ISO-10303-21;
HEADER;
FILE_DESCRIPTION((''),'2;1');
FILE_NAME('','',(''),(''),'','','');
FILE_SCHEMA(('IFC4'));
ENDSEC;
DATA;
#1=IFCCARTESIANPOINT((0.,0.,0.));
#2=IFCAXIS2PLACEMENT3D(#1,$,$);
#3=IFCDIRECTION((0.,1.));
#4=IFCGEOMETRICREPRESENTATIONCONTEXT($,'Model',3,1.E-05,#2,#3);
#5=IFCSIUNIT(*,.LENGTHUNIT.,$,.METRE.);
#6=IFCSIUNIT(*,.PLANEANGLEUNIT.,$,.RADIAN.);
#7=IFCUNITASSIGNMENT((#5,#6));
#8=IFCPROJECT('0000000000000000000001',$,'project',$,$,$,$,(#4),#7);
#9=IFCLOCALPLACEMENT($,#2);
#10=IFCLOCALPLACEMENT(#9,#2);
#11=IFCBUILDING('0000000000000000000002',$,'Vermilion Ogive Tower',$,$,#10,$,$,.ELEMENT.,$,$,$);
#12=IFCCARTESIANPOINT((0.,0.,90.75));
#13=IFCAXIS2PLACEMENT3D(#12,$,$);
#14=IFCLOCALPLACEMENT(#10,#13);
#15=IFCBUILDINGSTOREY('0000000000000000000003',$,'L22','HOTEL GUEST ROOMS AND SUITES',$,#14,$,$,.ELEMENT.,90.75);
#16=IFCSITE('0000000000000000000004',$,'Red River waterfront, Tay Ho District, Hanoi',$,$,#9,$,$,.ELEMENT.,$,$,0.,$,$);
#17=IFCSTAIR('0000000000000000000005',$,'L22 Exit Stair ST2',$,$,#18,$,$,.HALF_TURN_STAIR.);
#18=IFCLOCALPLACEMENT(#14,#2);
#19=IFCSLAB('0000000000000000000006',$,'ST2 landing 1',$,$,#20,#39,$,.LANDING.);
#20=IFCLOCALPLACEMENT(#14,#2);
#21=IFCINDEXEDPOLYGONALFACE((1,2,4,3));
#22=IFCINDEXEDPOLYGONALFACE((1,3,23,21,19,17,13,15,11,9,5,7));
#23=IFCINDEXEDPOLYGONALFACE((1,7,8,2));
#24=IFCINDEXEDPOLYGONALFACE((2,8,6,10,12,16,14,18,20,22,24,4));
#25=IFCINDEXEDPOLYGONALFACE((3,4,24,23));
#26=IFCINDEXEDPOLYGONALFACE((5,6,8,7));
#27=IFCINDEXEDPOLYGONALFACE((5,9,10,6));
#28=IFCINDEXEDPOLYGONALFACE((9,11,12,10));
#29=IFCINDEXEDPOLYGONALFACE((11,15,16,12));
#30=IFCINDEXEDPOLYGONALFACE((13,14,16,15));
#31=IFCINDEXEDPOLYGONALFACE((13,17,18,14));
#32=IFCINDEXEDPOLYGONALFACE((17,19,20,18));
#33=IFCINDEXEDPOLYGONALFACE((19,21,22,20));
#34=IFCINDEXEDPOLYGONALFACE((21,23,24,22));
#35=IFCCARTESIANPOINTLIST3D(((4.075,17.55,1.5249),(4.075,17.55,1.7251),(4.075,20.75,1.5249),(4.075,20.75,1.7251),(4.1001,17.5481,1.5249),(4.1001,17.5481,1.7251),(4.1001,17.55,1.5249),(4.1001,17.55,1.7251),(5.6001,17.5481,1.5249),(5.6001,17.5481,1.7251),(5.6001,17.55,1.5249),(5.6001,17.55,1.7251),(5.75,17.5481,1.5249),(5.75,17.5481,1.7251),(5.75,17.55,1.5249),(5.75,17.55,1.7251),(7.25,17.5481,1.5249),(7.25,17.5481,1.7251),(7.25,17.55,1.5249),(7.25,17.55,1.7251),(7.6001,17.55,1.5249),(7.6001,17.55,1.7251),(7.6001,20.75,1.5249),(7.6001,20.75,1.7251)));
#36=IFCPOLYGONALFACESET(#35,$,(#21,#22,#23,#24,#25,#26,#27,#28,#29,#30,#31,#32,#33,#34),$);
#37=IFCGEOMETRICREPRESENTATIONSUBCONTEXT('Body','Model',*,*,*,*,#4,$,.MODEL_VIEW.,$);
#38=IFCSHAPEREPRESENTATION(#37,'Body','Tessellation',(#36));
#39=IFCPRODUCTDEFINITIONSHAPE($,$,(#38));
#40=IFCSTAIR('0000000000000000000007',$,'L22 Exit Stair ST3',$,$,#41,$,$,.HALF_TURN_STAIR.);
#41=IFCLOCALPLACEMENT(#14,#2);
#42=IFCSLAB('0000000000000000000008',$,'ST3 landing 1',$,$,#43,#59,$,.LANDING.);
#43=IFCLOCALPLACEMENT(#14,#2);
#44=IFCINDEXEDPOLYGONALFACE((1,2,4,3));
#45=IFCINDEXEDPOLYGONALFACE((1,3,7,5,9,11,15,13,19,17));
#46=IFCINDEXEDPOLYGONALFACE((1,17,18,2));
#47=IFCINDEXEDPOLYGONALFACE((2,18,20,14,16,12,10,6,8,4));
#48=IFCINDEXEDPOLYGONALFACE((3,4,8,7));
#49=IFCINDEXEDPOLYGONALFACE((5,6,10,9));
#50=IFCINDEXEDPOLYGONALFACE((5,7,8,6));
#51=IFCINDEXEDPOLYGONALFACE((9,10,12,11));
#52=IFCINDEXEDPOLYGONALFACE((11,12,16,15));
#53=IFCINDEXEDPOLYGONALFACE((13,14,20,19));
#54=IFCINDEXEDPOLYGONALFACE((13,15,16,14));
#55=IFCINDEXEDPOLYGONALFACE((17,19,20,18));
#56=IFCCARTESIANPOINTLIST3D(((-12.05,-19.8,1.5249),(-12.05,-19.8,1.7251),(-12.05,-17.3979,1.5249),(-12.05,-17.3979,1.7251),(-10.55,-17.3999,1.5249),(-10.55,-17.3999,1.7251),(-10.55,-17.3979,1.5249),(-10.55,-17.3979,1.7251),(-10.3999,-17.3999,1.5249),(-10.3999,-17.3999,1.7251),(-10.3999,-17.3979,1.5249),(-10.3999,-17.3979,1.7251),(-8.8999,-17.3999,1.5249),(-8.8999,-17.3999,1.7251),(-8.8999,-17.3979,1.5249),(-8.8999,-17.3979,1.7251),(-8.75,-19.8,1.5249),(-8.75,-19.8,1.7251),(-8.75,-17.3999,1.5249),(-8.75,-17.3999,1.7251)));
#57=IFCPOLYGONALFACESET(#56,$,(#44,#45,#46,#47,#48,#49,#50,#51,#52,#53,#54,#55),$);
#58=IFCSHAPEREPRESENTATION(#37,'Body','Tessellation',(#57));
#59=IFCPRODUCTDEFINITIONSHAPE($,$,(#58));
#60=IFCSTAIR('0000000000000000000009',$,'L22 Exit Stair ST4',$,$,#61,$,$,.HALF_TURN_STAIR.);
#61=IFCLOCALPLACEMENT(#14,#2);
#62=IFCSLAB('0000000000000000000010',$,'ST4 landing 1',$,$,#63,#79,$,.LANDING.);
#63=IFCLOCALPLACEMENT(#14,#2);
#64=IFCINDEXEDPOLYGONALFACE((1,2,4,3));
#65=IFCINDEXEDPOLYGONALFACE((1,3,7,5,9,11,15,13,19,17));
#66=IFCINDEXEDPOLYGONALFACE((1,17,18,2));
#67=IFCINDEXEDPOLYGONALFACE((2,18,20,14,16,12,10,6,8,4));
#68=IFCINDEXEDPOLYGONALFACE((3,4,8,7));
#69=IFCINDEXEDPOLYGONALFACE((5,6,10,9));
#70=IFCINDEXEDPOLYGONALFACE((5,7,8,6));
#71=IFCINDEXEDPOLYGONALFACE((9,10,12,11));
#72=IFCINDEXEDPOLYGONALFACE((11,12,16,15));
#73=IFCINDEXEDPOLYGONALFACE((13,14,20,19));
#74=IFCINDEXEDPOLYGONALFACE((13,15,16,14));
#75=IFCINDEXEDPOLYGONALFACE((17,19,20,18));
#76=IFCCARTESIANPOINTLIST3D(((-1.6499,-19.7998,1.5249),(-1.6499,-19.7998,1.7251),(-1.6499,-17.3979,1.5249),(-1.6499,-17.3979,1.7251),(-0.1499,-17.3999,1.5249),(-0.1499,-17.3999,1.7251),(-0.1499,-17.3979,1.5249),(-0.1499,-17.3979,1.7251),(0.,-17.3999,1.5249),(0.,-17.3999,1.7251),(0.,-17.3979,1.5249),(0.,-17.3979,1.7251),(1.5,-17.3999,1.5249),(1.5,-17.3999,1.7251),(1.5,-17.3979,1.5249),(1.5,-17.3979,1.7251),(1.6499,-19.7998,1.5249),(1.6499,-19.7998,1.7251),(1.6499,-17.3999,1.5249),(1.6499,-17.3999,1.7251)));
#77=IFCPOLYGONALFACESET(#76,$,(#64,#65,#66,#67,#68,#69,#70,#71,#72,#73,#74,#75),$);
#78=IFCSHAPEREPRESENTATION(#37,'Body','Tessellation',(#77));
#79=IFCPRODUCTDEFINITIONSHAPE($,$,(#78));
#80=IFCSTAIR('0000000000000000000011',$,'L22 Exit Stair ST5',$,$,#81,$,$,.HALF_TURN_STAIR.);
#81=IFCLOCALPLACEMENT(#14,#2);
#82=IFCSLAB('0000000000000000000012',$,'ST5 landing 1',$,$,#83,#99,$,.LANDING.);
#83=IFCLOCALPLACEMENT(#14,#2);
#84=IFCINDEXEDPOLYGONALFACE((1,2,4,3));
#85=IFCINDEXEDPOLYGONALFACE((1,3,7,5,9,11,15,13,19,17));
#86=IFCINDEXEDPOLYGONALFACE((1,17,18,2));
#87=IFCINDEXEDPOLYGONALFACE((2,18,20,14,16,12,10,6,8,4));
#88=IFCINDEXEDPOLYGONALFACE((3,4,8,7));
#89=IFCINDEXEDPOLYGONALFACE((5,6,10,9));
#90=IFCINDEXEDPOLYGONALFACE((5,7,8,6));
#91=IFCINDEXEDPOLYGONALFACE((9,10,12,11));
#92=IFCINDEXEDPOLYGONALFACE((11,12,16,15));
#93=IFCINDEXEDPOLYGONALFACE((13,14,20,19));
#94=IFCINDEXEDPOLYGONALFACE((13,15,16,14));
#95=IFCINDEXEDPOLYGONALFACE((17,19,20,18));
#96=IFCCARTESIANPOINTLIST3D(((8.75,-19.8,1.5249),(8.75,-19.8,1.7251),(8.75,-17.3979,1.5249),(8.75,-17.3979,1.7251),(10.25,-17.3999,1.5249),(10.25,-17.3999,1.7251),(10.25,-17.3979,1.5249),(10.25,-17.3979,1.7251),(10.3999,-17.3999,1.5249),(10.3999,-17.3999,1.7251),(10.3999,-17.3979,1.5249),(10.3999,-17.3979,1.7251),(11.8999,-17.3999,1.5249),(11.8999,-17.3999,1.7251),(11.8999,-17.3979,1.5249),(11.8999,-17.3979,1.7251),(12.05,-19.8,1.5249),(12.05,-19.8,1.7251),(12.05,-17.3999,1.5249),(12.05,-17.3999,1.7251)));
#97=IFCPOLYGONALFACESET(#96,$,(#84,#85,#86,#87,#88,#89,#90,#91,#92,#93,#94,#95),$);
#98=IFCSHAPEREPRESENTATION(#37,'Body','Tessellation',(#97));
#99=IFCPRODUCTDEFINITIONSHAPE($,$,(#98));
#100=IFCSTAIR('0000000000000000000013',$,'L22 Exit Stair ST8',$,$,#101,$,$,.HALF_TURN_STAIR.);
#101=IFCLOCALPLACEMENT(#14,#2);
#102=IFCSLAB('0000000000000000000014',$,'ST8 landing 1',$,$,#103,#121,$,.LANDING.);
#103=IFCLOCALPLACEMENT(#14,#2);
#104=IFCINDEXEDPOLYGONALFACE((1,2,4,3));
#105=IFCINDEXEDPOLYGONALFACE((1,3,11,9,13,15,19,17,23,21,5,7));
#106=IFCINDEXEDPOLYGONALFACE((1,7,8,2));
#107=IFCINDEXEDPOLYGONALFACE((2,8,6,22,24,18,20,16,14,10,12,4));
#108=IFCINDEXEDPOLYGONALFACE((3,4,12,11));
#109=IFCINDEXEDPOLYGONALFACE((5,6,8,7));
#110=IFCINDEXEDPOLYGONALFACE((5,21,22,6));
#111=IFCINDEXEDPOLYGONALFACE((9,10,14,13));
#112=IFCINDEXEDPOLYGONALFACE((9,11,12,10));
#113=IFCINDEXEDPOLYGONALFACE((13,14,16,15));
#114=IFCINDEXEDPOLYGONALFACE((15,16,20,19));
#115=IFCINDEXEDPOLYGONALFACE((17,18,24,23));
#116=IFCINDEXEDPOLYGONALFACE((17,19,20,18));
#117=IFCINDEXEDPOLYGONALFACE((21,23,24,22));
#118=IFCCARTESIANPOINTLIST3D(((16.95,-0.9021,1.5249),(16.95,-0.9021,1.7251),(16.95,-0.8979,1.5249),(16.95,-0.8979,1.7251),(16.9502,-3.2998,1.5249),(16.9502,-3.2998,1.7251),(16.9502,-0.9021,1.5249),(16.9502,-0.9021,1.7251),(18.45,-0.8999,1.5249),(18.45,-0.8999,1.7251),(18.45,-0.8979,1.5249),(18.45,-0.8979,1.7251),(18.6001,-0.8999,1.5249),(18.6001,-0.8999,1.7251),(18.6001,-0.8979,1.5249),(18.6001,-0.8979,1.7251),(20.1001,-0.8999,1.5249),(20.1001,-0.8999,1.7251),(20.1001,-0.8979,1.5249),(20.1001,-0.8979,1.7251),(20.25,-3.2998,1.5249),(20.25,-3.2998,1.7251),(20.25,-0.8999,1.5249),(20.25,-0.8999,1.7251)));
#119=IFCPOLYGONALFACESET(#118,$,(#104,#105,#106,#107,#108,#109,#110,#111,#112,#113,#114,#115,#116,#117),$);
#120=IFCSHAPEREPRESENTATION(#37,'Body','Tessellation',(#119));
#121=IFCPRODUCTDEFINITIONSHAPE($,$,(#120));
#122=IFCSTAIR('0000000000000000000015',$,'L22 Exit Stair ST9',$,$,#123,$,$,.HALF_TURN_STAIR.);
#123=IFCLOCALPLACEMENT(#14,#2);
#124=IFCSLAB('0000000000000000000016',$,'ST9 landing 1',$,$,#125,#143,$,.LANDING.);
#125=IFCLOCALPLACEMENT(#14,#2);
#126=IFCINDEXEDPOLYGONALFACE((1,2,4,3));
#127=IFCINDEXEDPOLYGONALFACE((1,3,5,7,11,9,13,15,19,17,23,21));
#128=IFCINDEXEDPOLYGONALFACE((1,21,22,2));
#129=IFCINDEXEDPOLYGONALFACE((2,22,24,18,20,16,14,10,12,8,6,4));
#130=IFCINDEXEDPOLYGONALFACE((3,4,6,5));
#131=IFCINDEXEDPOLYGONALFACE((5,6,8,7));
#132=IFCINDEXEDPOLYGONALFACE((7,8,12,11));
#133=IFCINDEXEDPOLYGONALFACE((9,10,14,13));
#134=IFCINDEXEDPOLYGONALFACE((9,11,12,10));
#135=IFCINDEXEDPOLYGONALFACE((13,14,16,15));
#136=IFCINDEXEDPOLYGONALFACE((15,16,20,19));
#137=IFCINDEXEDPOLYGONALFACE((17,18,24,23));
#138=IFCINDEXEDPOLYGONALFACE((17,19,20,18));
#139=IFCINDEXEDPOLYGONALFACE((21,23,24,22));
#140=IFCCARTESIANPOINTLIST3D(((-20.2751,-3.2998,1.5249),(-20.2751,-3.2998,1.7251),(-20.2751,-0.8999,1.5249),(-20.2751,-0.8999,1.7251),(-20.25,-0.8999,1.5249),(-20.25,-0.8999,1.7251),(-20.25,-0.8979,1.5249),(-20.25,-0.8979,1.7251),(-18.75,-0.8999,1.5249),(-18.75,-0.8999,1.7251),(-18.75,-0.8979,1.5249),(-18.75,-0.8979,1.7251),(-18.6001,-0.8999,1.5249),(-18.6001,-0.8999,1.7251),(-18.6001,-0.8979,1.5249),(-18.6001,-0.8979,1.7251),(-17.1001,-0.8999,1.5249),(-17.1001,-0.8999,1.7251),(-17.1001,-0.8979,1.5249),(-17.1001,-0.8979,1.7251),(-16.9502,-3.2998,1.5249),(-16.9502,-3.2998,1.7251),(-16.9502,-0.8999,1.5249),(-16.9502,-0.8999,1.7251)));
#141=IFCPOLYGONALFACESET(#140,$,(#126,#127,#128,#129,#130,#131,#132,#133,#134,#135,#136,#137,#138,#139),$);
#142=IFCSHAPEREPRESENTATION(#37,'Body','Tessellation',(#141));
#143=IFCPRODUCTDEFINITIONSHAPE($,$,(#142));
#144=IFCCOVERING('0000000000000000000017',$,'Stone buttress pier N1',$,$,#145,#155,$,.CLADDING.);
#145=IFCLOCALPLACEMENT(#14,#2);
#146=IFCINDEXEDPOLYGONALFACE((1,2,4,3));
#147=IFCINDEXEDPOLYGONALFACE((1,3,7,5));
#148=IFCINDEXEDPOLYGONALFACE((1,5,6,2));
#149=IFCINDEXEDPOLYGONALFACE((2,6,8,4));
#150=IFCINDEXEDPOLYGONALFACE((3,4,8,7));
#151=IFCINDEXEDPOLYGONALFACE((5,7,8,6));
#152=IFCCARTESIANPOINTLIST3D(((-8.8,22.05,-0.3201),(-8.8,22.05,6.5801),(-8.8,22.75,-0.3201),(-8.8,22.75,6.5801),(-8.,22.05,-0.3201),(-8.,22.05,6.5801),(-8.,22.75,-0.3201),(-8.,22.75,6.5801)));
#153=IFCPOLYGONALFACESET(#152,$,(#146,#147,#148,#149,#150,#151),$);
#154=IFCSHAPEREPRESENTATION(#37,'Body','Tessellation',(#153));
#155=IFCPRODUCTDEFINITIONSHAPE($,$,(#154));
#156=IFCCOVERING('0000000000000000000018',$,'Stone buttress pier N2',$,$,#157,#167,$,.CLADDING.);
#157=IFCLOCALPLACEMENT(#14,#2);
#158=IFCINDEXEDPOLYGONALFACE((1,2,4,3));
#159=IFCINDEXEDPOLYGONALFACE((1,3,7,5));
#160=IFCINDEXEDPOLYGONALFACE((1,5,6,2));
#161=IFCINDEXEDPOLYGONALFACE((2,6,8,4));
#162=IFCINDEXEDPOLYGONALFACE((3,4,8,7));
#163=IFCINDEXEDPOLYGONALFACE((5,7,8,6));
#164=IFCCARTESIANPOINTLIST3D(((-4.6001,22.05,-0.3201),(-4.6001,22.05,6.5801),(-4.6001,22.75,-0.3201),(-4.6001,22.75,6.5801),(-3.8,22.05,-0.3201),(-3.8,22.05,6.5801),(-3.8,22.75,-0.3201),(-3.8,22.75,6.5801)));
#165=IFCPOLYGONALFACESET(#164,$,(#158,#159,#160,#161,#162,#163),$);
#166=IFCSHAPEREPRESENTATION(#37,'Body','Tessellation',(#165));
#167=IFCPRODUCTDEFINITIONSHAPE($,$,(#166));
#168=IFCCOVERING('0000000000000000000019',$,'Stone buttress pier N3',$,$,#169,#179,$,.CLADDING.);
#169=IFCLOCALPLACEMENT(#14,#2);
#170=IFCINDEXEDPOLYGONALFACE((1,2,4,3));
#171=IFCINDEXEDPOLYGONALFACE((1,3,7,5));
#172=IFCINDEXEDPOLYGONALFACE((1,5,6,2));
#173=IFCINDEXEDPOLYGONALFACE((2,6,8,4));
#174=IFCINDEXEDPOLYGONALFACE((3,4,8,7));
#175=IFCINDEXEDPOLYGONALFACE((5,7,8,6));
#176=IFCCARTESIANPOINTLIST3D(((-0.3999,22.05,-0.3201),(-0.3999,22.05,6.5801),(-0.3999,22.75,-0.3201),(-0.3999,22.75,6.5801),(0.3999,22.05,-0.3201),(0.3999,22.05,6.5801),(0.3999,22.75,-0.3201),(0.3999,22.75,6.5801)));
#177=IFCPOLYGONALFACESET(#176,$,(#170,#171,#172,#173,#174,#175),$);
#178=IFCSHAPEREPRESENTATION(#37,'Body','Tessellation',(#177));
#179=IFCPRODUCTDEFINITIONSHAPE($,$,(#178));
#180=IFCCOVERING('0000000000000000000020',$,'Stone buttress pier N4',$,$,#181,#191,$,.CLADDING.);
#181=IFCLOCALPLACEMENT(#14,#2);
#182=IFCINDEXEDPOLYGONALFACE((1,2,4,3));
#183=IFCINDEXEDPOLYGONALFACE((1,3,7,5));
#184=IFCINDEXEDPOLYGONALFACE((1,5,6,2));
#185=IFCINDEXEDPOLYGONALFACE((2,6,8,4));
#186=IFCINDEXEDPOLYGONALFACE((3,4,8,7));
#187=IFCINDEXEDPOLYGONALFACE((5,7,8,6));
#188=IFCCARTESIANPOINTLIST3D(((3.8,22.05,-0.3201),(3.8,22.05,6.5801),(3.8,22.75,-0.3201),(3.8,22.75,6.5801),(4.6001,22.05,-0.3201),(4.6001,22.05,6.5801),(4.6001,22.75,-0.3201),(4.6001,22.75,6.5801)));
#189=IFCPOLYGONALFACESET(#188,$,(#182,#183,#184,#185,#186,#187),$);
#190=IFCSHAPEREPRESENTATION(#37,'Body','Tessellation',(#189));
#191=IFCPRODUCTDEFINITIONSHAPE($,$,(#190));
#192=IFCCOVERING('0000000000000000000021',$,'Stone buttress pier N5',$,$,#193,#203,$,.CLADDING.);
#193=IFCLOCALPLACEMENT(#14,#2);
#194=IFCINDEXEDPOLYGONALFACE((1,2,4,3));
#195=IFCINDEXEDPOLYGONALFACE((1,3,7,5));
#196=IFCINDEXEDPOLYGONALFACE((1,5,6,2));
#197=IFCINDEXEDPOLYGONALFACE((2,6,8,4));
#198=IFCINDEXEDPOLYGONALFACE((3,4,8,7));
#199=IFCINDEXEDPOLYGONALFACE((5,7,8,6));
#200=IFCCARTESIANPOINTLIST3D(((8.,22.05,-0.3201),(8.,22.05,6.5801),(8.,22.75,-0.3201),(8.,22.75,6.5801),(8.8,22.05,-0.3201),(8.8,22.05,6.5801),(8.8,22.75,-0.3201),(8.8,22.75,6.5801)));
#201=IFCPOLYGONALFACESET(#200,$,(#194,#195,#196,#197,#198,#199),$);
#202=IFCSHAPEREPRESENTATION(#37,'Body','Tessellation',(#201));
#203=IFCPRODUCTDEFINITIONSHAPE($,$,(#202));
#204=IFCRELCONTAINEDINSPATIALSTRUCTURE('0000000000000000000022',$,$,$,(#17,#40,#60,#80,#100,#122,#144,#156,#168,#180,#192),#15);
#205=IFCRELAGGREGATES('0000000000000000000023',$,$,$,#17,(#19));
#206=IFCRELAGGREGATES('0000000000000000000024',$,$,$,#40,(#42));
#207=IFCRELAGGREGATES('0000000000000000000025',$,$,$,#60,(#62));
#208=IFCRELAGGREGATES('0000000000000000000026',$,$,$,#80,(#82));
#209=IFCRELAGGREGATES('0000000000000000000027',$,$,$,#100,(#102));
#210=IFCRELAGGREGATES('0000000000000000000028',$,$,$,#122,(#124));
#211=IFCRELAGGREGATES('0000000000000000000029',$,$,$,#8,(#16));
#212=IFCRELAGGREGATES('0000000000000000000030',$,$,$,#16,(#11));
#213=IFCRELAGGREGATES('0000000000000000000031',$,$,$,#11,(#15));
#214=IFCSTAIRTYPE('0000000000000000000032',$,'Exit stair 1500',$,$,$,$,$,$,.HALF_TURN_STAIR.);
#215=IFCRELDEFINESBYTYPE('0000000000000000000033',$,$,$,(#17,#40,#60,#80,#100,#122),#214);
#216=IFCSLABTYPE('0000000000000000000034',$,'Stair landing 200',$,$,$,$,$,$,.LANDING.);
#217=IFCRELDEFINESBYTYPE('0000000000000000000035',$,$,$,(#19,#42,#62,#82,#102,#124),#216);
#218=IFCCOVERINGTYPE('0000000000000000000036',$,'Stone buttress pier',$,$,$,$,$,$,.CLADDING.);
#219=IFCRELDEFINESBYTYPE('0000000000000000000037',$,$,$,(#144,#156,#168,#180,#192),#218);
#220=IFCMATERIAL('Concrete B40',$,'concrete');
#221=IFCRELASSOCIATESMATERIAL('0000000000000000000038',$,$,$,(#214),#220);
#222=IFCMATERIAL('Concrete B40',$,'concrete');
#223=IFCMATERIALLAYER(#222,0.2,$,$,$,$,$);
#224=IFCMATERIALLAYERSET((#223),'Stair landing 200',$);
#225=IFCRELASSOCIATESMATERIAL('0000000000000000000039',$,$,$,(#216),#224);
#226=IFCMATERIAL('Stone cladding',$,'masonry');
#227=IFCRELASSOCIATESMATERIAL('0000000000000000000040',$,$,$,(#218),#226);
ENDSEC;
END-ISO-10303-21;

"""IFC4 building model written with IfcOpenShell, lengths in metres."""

from ifc_helpers import new_model, si_unit, direction, frame, origin, place, context, subcontext, project, spatial, polyline, outline, extrude, material, layer, layer_set, type_object, element, aggregate, save


model = new_model("IFC4")

# Units and contexts
model_context = context("Model", 3, precision=1e-05, world=origin(), true_north=direction((0.0, 1.0)))
body_context = subcontext(model_context, "Body", "Model", "MODEL_VIEW")
ifc_project = project(units=[si_unit("LENGTHUNIT", "METRE"), si_unit("PLANEANGLEUNIT", "RADIAN")], contexts=[model_context])

# Site, building, storey
site_placement = place(None, origin())
site = spatial("IfcSite", under=ifc_project, at=site_placement, Name="Red River waterfront, Tay Ho District, Hanoi", CompositionType="ELEMENT", RefElevation=0.0)
building_placement = place(site_placement, origin())
building = spatial("IfcBuilding", under=site, at=building_placement, Name="Vermilion Ogive Tower", CompositionType="ELEMENT")
storey_placement = place(building_placement, frame((0.0, 0.0, 90.75)))
storey = spatial("IfcBuildingStorey", under=building, at=storey_placement, Name="L22", Description="HOTEL GUEST ROOMS AND SUITES", CompositionType="ELEMENT", Elevation=90.75)

# Stairs, slabs
ifc_material_1 = material(Name="Concrete B40", Category="concrete")
stair_type = type_object("IfcStairType", Name="Exit stair 1500", PredefinedType="HALF_TURN_STAIR", material=ifc_material_1)
ifc_material_2 = material(Name="Concrete B40", Category="concrete")
ifc_layer_1 = layer(ifc_material_2, 0.2)
ifc_layer_set_1 = layer_set([ifc_layer_1], Name="Stair landing 200")
slab_type_1 = type_object("IfcSlabType", Name="Stair landing 200", PredefinedType="LANDING", material=ifc_layer_set_1)
stair_1_placement = place(storey_placement, origin())
stair_1 = element("IfcStair", 1, at=stair_1_placement, inside=storey, type_object=stair_type, Name="L22 Exit Stair ST2", PredefinedType="HALF_TURN_STAIR")
slab_1_placement = place(storey_placement, frame((0.0, 0.0, 1.5249)))
slab_1 = element("IfcSlab", 2, at=slab_1_placement, type_object=slab_type_1, Name="ST2 landing 1", PredefinedType="LANDING", context=body_context, shape_type="SweptSolid", body=[
    extrude(outline(polyline([(5.6001, 17.55), (5.75, 17.55), (5.75, 17.5481), (7.25, 17.5481), (7.25, 17.55), (7.6001, 17.55), (7.6001, 20.75), (4.075, 20.75), (4.075, 17.55), (4.1001, 17.55), (4.1001, 17.5481), (5.6001, 17.5481), (5.6001, 17.55)])), origin(), (0.0, 0.0, 1.0), 0.2002),
])
aggregate(stair_1, [slab_1])
stair_2_placement = place(storey_placement, origin())
stair_2 = element("IfcStair", 3, at=stair_2_placement, inside=storey, type_object=stair_type, Name="L22 Exit Stair ST3", PredefinedType="HALF_TURN_STAIR")
slab_2_placement = place(storey_placement, frame((0.0, 0.0, 1.5249)))
slab_2 = element("IfcSlab", 4, at=slab_2_placement, type_object=slab_type_1, Name="ST3 landing 1", PredefinedType="LANDING", context=body_context, shape_type="SweptSolid", body=[
    extrude(outline(polyline([(-8.75, -17.3999), (-8.8999, -17.3999), (-8.8999, -17.3979), (-10.3999, -17.3979), (-10.3999, -17.3999), (-10.55, -17.3999), (-10.55, -17.3979), (-12.05, -17.3979), (-12.05, -19.8), (-8.75, -19.8), (-8.75, -17.3999)])), origin(), (0.0, 0.0, 1.0), 0.2002),
])
aggregate(stair_2, [slab_2])
stair_3_placement = place(storey_placement, origin())
stair_3 = element("IfcStair", 5, at=stair_3_placement, inside=storey, type_object=stair_type, Name="L22 Exit Stair ST4", PredefinedType="HALF_TURN_STAIR")
slab_3_placement = place(storey_placement, frame((0.0, 0.0, 1.5249)))
slab_3 = element("IfcSlab", 6, at=slab_3_placement, type_object=slab_type_1, Name="ST4 landing 1", PredefinedType="LANDING", context=body_context, shape_type="SweptSolid", body=[
    extrude(outline(polyline([(1.6499, -17.3999), (1.5, -17.3999), (1.5, -17.3979), (0.0, -17.3979), (0.0, -17.3999), (-0.1499, -17.3999), (-0.1499, -17.3979), (-1.6499, -17.3979), (-1.6499, -19.7998), (1.6499, -19.7998), (1.6499, -17.3999)])), origin(), (0.0, 0.0, 1.0), 0.2002),
])
aggregate(stair_3, [slab_3])
stair_4_placement = place(storey_placement, origin())
stair_4 = element("IfcStair", 7, at=stair_4_placement, inside=storey, type_object=stair_type, Name="L22 Exit Stair ST5", PredefinedType="HALF_TURN_STAIR")
slab_4_placement = place(storey_placement, frame((0.0, 0.0, 1.5249)))
slab_4 = element("IfcSlab", 8, at=slab_4_placement, type_object=slab_type_1, Name="ST5 landing 1", PredefinedType="LANDING", context=body_context, shape_type="SweptSolid", body=[
    extrude(outline(polyline([(12.05, -17.3999), (11.8999, -17.3999), (11.8999, -17.3979), (10.3999, -17.3979), (10.3999, -17.3999), (10.25, -17.3999), (10.25, -17.3979), (8.75, -17.3979), (8.75, -19.8), (12.05, -19.8), (12.05, -17.3999)])), origin(), (0.0, 0.0, 1.0), 0.2002),
])
aggregate(stair_4, [slab_4])
stair_5_placement = place(storey_placement, origin())
stair_5 = element("IfcStair", 9, at=stair_5_placement, inside=storey, type_object=stair_type, Name="L22 Exit Stair ST8", PredefinedType="HALF_TURN_STAIR")
slab_5_placement = place(storey_placement, frame((0.0, 0.0, 1.5249)))
slab_5 = element("IfcSlab", 10, at=slab_5_placement, type_object=slab_type_1, Name="ST8 landing 1", PredefinedType="LANDING", context=body_context, shape_type="SweptSolid", body=[
    extrude(outline(polyline([(20.25, -0.8999), (20.1001, -0.8999), (20.1001, -0.8979), (18.6001, -0.8979), (18.6001, -0.8999), (18.45, -0.8999), (18.45, -0.8979), (16.95, -0.8979), (16.95, -0.9021), (16.9502, -0.9021), (16.9502, -3.2998), (20.25, -3.2998), (20.25, -0.8999)])), origin(), (0.0, 0.0, 1.0), 0.2002),
])
aggregate(stair_5, [slab_5])
stair_6_placement = place(storey_placement, origin())
stair_6 = element("IfcStair", 11, at=stair_6_placement, inside=storey, type_object=stair_type, Name="L22 Exit Stair ST9", PredefinedType="HALF_TURN_STAIR")
slab_6_placement = place(storey_placement, frame((0.0, 0.0, 1.5249)))
slab_6 = element("IfcSlab", 12, at=slab_6_placement, type_object=slab_type_1, Name="ST9 landing 1", PredefinedType="LANDING", context=body_context, shape_type="SweptSolid", body=[
    extrude(outline(polyline([(-16.9502, -0.8999), (-17.1001, -0.8999), (-17.1001, -0.8979), (-18.6001, -0.8979), (-18.6001, -0.8999), (-18.75, -0.8999), (-18.75, -0.8979), (-20.25, -0.8979), (-20.25, -0.8999), (-20.2751, -0.8999), (-20.2751, -3.2998), (-16.9502, -3.2998), (-16.9502, -0.8999)])), origin(), (0.0, 0.0, 1.0), 0.2002),
])
aggregate(stair_6, [slab_6])

# Coverings
ifc_material_3 = material(Name="Stone cladding", Category="masonry")
covering_type_1 = type_object("IfcCoveringType", Name="Stone buttress pier", PredefinedType="CLADDING", material=ifc_material_3)
covering_1_placement = place(storey_placement, frame((0.0, 0.0, -0.3201)))
element("IfcCovering", 13, at=covering_1_placement, inside=storey, type_object=covering_type_1, Name="Stone buttress pier N1", PredefinedType="CLADDING", context=body_context, shape_type="SweptSolid", body=[
    extrude(outline(polyline([(-8.0, 22.75), (-8.0, 22.05), (-8.8, 22.05), (-8.8, 22.75), (-8.0, 22.75)])), origin(), (0.0, 0.0, 1.0), 6.9001),
])
covering_2_placement = place(storey_placement, frame((0.0, 0.0, -0.3201)))
element("IfcCovering", 14, at=covering_2_placement, inside=storey, type_object=covering_type_1, Name="Stone buttress pier N2", PredefinedType="CLADDING", context=body_context, shape_type="SweptSolid", body=[
    extrude(outline(polyline([(-3.8, 22.75), (-3.8, 22.05), (-4.6001, 22.05), (-4.6001, 22.75), (-3.8, 22.75)])), origin(), (0.0, 0.0, 1.0), 6.9001),
])
covering_3_placement = place(storey_placement, frame((0.0, 0.0, -0.3201)))
element("IfcCovering", 15, at=covering_3_placement, inside=storey, type_object=covering_type_1, Name="Stone buttress pier N3", PredefinedType="CLADDING", context=body_context, shape_type="SweptSolid", body=[
    extrude(outline(polyline([(0.3999, 22.75), (0.3999, 22.05), (-0.3999, 22.05), (-0.3999, 22.75), (0.3999, 22.75)])), origin(), (0.0, 0.0, 1.0), 6.9001),
])
covering_4_placement = place(storey_placement, frame((0.0, 0.0, -0.3201)))
element("IfcCovering", 16, at=covering_4_placement, inside=storey, type_object=covering_type_1, Name="Stone buttress pier N4", PredefinedType="CLADDING", context=body_context, shape_type="SweptSolid", body=[
    extrude(outline(polyline([(4.6001, 22.75), (4.6001, 22.05), (3.8, 22.05), (3.8, 22.75), (4.6001, 22.75)])), origin(), (0.0, 0.0, 1.0), 6.9001),
])
covering_5_placement = place(storey_placement, frame((0.0, 0.0, -0.3201)))
element("IfcCovering", 17, at=covering_5_placement, inside=storey, type_object=covering_type_1, Name="Stone buttress pier N5", PredefinedType="CLADDING", context=body_context, shape_type="SweptSolid", body=[
    extrude(outline(polyline([(8.8, 22.75), (8.8, 22.05), (8.0, 22.05), (8.0, 22.75), (8.8, 22.75)])), origin(), (0.0, 0.0, 1.0), 6.9001),
])

save(model, "model.ifc")
